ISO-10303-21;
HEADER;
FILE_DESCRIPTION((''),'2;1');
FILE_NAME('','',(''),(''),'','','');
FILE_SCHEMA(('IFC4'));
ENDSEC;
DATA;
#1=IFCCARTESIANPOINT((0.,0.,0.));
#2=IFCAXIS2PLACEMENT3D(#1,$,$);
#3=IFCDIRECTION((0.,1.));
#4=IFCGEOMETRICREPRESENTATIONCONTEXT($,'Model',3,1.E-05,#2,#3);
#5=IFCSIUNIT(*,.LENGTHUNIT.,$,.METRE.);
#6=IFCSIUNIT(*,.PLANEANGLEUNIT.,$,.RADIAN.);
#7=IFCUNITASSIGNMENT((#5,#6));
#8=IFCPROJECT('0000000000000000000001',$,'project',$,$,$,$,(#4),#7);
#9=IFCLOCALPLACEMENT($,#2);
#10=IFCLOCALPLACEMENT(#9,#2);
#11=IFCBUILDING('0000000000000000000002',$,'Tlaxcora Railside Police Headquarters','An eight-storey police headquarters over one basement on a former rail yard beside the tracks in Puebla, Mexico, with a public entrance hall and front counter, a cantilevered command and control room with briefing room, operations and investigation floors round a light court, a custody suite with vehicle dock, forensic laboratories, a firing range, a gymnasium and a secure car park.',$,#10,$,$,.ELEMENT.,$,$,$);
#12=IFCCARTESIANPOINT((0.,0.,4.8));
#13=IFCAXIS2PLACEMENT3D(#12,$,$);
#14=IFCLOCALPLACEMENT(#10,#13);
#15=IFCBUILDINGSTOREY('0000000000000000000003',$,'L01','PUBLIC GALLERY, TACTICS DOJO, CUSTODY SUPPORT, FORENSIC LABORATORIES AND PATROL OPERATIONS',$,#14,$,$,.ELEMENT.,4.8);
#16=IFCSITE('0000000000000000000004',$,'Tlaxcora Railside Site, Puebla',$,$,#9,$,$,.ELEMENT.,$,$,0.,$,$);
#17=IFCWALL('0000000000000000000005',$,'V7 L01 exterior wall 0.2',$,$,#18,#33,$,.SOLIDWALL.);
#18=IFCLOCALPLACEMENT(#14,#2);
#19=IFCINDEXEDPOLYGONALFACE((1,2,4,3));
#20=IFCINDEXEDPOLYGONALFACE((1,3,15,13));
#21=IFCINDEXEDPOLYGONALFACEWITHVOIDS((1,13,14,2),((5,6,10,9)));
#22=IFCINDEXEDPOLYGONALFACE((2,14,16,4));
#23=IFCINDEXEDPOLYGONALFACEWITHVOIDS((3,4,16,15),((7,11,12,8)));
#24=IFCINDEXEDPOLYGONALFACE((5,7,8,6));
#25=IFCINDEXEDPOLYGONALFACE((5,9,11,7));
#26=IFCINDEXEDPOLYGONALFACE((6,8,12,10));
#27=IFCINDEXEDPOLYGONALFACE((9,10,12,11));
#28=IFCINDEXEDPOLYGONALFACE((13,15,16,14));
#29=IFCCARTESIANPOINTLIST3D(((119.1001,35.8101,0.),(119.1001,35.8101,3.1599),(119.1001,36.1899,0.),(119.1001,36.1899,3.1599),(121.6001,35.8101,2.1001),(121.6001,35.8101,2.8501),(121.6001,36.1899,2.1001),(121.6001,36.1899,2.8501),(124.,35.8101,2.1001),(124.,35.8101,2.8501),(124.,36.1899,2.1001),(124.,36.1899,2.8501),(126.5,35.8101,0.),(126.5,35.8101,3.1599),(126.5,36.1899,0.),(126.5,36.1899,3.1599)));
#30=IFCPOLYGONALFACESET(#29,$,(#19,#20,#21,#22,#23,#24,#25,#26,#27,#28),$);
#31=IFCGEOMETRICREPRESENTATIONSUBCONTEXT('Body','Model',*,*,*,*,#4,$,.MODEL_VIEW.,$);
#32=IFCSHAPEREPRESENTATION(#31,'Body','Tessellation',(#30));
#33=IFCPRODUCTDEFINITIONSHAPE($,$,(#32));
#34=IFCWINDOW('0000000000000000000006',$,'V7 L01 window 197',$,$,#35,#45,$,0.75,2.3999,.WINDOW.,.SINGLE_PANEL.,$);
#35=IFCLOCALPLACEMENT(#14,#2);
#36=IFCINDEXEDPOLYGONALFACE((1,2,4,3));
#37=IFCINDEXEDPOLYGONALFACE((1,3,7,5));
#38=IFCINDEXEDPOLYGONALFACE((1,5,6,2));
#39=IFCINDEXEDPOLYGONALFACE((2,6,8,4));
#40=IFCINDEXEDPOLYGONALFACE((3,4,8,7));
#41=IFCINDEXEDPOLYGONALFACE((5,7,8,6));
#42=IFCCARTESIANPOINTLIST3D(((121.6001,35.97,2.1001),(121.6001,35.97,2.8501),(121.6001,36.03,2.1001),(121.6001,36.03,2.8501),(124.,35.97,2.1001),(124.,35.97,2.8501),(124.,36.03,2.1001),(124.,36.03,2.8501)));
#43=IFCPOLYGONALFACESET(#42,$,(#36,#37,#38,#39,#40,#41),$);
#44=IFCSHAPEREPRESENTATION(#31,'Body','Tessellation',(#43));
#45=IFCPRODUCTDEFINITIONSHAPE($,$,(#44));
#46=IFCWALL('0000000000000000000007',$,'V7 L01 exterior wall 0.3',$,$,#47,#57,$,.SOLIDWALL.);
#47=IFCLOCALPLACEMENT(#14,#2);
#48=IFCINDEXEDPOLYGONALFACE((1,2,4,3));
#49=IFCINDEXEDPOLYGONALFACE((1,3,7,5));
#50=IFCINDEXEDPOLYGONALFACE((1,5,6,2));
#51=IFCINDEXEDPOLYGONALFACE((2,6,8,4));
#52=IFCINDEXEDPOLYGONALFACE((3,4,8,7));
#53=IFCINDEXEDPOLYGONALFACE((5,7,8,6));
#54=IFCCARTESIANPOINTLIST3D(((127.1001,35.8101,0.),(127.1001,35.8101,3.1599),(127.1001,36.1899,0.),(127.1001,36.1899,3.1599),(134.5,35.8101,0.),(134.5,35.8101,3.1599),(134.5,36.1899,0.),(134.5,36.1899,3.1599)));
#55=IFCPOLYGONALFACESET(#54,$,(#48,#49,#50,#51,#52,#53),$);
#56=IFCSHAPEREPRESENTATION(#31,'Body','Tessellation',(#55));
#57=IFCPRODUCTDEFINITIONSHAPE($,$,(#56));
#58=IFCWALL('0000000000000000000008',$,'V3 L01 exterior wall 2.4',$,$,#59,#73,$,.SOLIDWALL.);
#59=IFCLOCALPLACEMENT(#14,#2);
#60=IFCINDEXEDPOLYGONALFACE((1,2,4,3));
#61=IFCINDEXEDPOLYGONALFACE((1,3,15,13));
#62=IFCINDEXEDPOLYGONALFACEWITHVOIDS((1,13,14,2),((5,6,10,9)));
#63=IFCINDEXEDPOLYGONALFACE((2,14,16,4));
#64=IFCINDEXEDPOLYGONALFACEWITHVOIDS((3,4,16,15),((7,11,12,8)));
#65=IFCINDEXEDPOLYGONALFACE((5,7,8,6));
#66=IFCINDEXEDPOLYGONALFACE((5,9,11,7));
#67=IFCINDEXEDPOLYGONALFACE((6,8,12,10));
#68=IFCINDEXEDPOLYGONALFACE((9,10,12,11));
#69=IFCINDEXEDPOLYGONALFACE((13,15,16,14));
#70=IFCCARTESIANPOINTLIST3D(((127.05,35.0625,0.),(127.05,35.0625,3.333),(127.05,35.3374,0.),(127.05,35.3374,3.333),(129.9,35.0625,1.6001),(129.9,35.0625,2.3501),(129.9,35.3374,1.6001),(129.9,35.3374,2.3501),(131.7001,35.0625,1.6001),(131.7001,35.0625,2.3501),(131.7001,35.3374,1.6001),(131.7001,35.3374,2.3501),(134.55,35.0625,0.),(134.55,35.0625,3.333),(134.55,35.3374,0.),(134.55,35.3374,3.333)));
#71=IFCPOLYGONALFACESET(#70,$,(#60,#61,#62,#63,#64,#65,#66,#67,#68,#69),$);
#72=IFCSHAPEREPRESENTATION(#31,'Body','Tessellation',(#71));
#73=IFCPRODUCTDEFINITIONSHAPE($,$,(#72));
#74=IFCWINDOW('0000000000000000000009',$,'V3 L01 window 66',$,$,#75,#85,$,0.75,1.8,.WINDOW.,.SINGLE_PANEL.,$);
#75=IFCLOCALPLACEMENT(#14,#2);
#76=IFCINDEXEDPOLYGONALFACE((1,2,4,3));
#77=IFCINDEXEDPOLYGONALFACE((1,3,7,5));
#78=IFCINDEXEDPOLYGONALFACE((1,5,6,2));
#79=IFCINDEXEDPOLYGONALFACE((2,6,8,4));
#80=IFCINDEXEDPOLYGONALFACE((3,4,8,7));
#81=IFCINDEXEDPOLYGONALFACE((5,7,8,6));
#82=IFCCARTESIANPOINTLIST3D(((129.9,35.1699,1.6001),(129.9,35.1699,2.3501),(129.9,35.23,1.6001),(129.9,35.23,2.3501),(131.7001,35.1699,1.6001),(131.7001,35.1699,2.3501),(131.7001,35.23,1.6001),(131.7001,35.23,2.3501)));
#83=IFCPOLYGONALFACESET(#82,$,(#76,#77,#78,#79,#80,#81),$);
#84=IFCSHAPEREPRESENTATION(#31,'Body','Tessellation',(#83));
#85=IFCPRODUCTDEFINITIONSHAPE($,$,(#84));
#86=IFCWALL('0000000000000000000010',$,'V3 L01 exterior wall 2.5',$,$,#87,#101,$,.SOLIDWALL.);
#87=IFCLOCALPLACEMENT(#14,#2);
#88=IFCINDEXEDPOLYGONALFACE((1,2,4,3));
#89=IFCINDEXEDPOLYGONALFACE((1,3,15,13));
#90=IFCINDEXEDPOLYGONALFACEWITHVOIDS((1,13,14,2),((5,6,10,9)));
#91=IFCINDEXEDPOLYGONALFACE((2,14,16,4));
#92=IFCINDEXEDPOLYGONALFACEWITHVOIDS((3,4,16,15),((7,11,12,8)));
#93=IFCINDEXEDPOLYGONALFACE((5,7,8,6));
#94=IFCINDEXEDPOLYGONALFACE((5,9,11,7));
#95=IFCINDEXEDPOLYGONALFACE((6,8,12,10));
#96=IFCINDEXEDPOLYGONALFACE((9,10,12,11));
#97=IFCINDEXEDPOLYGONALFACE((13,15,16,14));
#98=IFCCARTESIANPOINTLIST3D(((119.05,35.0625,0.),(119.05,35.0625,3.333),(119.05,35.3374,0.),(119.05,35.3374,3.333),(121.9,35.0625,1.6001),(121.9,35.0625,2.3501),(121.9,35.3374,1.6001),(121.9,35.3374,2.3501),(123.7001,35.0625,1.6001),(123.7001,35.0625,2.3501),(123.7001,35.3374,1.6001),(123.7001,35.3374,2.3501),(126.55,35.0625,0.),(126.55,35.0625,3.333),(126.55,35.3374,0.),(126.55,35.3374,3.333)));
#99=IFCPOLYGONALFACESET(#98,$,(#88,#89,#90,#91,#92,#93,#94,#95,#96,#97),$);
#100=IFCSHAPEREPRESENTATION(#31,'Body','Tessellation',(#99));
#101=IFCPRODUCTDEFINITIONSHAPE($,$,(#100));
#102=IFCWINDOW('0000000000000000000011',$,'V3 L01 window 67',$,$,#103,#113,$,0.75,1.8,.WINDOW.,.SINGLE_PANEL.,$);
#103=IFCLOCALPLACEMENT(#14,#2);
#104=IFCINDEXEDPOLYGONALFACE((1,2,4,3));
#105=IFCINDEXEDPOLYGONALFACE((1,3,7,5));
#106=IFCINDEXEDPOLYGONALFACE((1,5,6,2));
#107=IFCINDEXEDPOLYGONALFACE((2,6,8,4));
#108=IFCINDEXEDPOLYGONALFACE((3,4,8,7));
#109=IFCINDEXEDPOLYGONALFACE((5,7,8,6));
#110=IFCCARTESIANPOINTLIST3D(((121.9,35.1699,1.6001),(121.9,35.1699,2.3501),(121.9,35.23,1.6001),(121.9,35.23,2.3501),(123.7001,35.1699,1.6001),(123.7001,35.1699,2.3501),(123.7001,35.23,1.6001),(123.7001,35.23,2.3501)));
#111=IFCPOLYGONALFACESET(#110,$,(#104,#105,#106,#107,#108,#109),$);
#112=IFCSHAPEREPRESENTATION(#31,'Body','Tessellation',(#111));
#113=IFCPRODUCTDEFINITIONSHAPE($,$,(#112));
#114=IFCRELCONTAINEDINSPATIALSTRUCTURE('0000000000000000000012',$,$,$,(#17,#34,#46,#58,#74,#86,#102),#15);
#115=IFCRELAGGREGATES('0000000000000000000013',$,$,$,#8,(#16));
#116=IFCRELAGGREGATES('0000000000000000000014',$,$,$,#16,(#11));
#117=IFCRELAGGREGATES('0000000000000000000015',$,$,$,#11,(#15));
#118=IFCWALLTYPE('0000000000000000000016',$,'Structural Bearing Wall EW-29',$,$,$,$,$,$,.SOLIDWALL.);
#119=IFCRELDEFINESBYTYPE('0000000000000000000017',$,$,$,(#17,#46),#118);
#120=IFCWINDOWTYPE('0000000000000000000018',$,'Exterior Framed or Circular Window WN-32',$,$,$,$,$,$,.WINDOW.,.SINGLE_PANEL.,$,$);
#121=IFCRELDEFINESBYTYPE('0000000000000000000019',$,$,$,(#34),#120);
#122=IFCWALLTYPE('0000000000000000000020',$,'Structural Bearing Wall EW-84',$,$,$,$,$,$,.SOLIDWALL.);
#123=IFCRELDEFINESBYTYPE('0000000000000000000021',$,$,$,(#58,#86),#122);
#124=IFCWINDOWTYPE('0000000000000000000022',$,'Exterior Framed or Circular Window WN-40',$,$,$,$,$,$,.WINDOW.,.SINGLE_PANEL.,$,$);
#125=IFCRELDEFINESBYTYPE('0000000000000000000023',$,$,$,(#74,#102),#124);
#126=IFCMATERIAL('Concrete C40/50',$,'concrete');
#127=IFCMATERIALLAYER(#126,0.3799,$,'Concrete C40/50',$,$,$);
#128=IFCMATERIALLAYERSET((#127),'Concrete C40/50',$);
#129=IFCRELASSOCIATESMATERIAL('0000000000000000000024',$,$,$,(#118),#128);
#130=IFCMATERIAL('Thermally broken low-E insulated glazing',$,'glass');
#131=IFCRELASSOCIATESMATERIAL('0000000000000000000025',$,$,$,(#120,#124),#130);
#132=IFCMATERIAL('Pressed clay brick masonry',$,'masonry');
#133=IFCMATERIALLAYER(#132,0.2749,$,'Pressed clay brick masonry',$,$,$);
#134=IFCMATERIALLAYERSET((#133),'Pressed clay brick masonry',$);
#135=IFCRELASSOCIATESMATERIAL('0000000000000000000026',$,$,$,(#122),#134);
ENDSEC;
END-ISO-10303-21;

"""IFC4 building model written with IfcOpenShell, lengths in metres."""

from ifc_helpers import new_model, si_unit, direction, frame, frame_2d, origin, place, context, subcontext, project, spatial, rectangle, extrude, material, layer, layer_set, type_object, element, fill, save


model = new_model("IFC4")

# Units and contexts
model_context = context("Model", 3, precision=1e-05, world=origin(), true_north=direction((0.0, 1.0)))
body_context = subcontext(model_context, "Body", "Model", "MODEL_VIEW")
ifc_project = project(units=[si_unit("LENGTHUNIT", "METRE"), si_unit("PLANEANGLEUNIT", "RADIAN")], contexts=[model_context])

# Site, building, storey
site_placement = place(None, origin())
site = spatial("IfcSite", under=ifc_project, at=site_placement, Name="Tlaxcora Railside Site, Puebla", CompositionType="ELEMENT", RefElevation=0.0)
building_placement = place(site_placement, origin())
building = spatial("IfcBuilding", under=site, at=building_placement, Name="Tlaxcora Railside Police Headquarters", Description="An eight-storey police headquarters over one basement on a former rail yard beside the tracks in Puebla, Mexico, with a public entrance hall and front counter, a cantilevered command and control room with briefing room, operations and investigation floors round a light court, a custody suite with vehicle dock, forensic laboratories, a firing range, a gymnasium and a secure car park.", CompositionType="ELEMENT")
storey_placement = place(building_placement, frame((0.0, 0.0, 4.8)))
storey = spatial("IfcBuildingStorey", under=building, at=storey_placement, Name="L01", Description="PUBLIC GALLERY, TACTICS DOJO, CUSTODY SUPPORT, FORENSIC LABORATORIES AND PATROL OPERATIONS", CompositionType="ELEMENT", Elevation=4.8)

# Shared definitions
ifc_material_1 = material(Name="Concrete C40/50", Category="concrete")

# Wall, opening, window
ifc_layer_1 = layer(ifc_material_1, 0.3799, Name="Concrete C40/50")
ifc_layer_set_1 = layer_set([ifc_layer_1], Name="Concrete C40/50")
wall_type_1 = type_object("IfcWallType", Name="Structural Bearing Wall EW-29", PredefinedType="SOLIDWALL", material=ifc_layer_set_1)
wall_1_placement = place(storey_placement, frame((119.1001, 36.0, 0.0), z_axis=(0.0, 0.0, 1.0), x_axis=(1.0, 0.0, 0.0)))
wall_1 = element("IfcWall", 1, at=wall_1_placement, inside=storey, type_object=wall_type_1, Name="V7 L01 exterior wall 0.2", PredefinedType="SOLIDWALL", context=body_context, shape_type="SweptSolid", body=[
    extrude(rectangle(XDim=7.3999, YDim=0.3799, at=frame_2d((3.7, 0.0))), origin(), (0.0, 0.0, 1.0), 3.1599),
])
opening_1_placement = place(wall_1_placement, frame((2.5, 0.0, 2.1001)))
opening_1 = element("IfcOpeningElement", 2, at=opening_1_placement, cuts=wall_1, PredefinedType="OPENING", context=body_context, shape_type="SweptSolid", body=[
    extrude(rectangle(XDim=2.3999, YDim=0.75, at=frame_2d((1.2, 0.375))), frame((0.0, 0.2, 0.0), z_axis=(0.0, -1.0, 0.0), x_axis=(1.0, 0.0, 0.0)), (0.0, 0.0, 1.0), 0.3999),
])
ifc_material_2 = material(Name="Thermally broken low-E insulated glazing", Category="glass")
window_type_1 = type_object("IfcWindowType", Name="Exterior Framed or Circular Window WN-32", PartitioningType="SINGLE_PANEL", PredefinedType="WINDOW", material=ifc_material_2)
window_1_placement = place(opening_1_placement, origin())
window_1 = element("IfcWindow", 3, at=window_1_placement, inside=storey, type_object=window_type_1, Name="V7 L01 window 197", OverallHeight=0.75, OverallWidth=2.3999, PartitioningType="SINGLE_PANEL", PredefinedType="WINDOW", context=body_context, shape_type="SweptSolid", body=[
    extrude(rectangle(XDim=2.3999, YDim=0.75, at=frame_2d((1.2, 0.375))), frame((0.0, 0.03, 0.0), z_axis=(0.0, -1.0, 0.0), x_axis=(1.0, 0.0, 0.0)), (0.0, 0.0, 1.0), 0.0601),
])
fill(opening_1, window_1)

# Wall
wall_2_placement = place(storey_placement, frame((127.1001, 36.0, 0.0), z_axis=(0.0, 0.0, 1.0), x_axis=(1.0, 0.0, 0.0)))
element("IfcWall", 4, at=wall_2_placement, inside=storey, type_object=wall_type_1, Name="V7 L01 exterior wall 0.3", PredefinedType="SOLIDWALL", context=body_context, shape_type="SweptSolid", body=[
    extrude(rectangle(XDim=7.3999, YDim=0.3799, at=frame_2d((3.7, 0.0))), origin(), (0.0, 0.0, 1.0), 3.1599),
])

# Walls, openings, windows
ifc_material_3 = material(Name="Pressed clay brick masonry", Category="masonry")
ifc_layer_2 = layer(ifc_material_3, 0.2749, Name="Pressed clay brick masonry")
ifc_layer_set_2 = layer_set([ifc_layer_2], Name="Pressed clay brick masonry")
wall_type_2 = type_object("IfcWallType", Name="Structural Bearing Wall EW-84", PredefinedType="SOLIDWALL", material=ifc_layer_set_2)
wall_3_placement = place(storey_placement, frame((134.55, 35.2, 0.0), z_axis=(0.0, 0.0, 1.0), x_axis=(-1.0, 0.0, 0.0)))
wall_3 = element("IfcWall", 5, at=wall_3_placement, inside=storey, type_object=wall_type_2, Name="V3 L01 exterior wall 2.4", PredefinedType="SOLIDWALL", context=body_context, shape_type="SweptSolid", body=[
    extrude(rectangle(XDim=7.5, YDim=0.2749, at=frame_2d((3.75, 0.0))), origin(), (0.0, 0.0, 1.0), 3.333),
])
opening_2_placement = place(wall_3_placement, frame((2.8501, 0.0, 1.6001)))
opening_2 = element("IfcOpeningElement", 6, at=opening_2_placement, cuts=wall_3, PredefinedType="OPENING", context=body_context, shape_type="SweptSolid", body=[
    extrude(rectangle(XDim=1.8, YDim=0.75, at=frame_2d((0.8999, 0.375))), frame((0.0, 0.1475, 0.0), z_axis=(0.0, -1.0, 0.0), x_axis=(1.0, 0.0, 0.0)), (0.0, 0.0, 1.0), 0.2949),
])
window_type_2 = type_object("IfcWindowType", Name="Exterior Framed or Circular Window WN-40", PartitioningType="SINGLE_PANEL", PredefinedType="WINDOW", material=ifc_material_2)
window_2_placement = place(opening_2_placement, origin())
window_2 = element("IfcWindow", 7, at=window_2_placement, inside=storey, type_object=window_type_2, Name="V3 L01 window 66", OverallHeight=0.75, OverallWidth=1.8, PartitioningType="SINGLE_PANEL", PredefinedType="WINDOW", context=body_context, shape_type="SweptSolid", body=[
    extrude(rectangle(XDim=1.8, YDim=0.75, at=frame_2d((0.8999, 0.375))), frame((0.0, 0.03, 0.0), z_axis=(0.0, -1.0, 0.0), x_axis=(1.0, 0.0, 0.0)), (0.0, 0.0, 1.0), 0.0601),
])
fill(opening_2, window_2)
wall_4_placement = place(storey_placement, frame((126.55, 35.2, 0.0), z_axis=(0.0, 0.0, 1.0), x_axis=(-1.0, 0.0, 0.0)))
wall_4 = element("IfcWall", 8, at=wall_4_placement, inside=storey, type_object=wall_type_2, Name="V3 L01 exterior wall 2.5", PredefinedType="SOLIDWALL", context=body_context, shape_type="SweptSolid", body=[
    extrude(rectangle(XDim=7.5, YDim=0.2749, at=frame_2d((3.75, 0.0))), origin(), (0.0, 0.0, 1.0), 3.333),
])
opening_3_placement = place(wall_4_placement, frame((2.8501, 0.0, 1.6001)))
opening_3 = element("IfcOpeningElement", 9, at=opening_3_placement, cuts=wall_4, PredefinedType="OPENING", context=body_context, shape_type="SweptSolid", body=[
    extrude(rectangle(XDim=1.8, YDim=0.75, at=frame_2d((0.8999, 0.375))), frame((0.0, 0.1475, 0.0), z_axis=(0.0, -1.0, 0.0), x_axis=(1.0, 0.0, 0.0)), (0.0, 0.0, 1.0), 0.2949),
])
window_3_placement = place(opening_3_placement, origin())
window_3 = element("IfcWindow", 10, at=window_3_placement, inside=storey, type_object=window_type_2, Name="V3 L01 window 67", OverallHeight=0.75, OverallWidth=1.8, PartitioningType="SINGLE_PANEL", PredefinedType="WINDOW", context=body_context, shape_type="SweptSolid", body=[
    extrude(rectangle(XDim=1.8, YDim=0.75, at=frame_2d((0.8999, 0.375))), frame((0.0, 0.03, 0.0), z_axis=(0.0, -1.0, 0.0), x_axis=(1.0, 0.0, 0.0)), (0.0, 0.0, 1.0), 0.0601),
])
fill(opening_3, window_3)

save(model, "model.ifc")
